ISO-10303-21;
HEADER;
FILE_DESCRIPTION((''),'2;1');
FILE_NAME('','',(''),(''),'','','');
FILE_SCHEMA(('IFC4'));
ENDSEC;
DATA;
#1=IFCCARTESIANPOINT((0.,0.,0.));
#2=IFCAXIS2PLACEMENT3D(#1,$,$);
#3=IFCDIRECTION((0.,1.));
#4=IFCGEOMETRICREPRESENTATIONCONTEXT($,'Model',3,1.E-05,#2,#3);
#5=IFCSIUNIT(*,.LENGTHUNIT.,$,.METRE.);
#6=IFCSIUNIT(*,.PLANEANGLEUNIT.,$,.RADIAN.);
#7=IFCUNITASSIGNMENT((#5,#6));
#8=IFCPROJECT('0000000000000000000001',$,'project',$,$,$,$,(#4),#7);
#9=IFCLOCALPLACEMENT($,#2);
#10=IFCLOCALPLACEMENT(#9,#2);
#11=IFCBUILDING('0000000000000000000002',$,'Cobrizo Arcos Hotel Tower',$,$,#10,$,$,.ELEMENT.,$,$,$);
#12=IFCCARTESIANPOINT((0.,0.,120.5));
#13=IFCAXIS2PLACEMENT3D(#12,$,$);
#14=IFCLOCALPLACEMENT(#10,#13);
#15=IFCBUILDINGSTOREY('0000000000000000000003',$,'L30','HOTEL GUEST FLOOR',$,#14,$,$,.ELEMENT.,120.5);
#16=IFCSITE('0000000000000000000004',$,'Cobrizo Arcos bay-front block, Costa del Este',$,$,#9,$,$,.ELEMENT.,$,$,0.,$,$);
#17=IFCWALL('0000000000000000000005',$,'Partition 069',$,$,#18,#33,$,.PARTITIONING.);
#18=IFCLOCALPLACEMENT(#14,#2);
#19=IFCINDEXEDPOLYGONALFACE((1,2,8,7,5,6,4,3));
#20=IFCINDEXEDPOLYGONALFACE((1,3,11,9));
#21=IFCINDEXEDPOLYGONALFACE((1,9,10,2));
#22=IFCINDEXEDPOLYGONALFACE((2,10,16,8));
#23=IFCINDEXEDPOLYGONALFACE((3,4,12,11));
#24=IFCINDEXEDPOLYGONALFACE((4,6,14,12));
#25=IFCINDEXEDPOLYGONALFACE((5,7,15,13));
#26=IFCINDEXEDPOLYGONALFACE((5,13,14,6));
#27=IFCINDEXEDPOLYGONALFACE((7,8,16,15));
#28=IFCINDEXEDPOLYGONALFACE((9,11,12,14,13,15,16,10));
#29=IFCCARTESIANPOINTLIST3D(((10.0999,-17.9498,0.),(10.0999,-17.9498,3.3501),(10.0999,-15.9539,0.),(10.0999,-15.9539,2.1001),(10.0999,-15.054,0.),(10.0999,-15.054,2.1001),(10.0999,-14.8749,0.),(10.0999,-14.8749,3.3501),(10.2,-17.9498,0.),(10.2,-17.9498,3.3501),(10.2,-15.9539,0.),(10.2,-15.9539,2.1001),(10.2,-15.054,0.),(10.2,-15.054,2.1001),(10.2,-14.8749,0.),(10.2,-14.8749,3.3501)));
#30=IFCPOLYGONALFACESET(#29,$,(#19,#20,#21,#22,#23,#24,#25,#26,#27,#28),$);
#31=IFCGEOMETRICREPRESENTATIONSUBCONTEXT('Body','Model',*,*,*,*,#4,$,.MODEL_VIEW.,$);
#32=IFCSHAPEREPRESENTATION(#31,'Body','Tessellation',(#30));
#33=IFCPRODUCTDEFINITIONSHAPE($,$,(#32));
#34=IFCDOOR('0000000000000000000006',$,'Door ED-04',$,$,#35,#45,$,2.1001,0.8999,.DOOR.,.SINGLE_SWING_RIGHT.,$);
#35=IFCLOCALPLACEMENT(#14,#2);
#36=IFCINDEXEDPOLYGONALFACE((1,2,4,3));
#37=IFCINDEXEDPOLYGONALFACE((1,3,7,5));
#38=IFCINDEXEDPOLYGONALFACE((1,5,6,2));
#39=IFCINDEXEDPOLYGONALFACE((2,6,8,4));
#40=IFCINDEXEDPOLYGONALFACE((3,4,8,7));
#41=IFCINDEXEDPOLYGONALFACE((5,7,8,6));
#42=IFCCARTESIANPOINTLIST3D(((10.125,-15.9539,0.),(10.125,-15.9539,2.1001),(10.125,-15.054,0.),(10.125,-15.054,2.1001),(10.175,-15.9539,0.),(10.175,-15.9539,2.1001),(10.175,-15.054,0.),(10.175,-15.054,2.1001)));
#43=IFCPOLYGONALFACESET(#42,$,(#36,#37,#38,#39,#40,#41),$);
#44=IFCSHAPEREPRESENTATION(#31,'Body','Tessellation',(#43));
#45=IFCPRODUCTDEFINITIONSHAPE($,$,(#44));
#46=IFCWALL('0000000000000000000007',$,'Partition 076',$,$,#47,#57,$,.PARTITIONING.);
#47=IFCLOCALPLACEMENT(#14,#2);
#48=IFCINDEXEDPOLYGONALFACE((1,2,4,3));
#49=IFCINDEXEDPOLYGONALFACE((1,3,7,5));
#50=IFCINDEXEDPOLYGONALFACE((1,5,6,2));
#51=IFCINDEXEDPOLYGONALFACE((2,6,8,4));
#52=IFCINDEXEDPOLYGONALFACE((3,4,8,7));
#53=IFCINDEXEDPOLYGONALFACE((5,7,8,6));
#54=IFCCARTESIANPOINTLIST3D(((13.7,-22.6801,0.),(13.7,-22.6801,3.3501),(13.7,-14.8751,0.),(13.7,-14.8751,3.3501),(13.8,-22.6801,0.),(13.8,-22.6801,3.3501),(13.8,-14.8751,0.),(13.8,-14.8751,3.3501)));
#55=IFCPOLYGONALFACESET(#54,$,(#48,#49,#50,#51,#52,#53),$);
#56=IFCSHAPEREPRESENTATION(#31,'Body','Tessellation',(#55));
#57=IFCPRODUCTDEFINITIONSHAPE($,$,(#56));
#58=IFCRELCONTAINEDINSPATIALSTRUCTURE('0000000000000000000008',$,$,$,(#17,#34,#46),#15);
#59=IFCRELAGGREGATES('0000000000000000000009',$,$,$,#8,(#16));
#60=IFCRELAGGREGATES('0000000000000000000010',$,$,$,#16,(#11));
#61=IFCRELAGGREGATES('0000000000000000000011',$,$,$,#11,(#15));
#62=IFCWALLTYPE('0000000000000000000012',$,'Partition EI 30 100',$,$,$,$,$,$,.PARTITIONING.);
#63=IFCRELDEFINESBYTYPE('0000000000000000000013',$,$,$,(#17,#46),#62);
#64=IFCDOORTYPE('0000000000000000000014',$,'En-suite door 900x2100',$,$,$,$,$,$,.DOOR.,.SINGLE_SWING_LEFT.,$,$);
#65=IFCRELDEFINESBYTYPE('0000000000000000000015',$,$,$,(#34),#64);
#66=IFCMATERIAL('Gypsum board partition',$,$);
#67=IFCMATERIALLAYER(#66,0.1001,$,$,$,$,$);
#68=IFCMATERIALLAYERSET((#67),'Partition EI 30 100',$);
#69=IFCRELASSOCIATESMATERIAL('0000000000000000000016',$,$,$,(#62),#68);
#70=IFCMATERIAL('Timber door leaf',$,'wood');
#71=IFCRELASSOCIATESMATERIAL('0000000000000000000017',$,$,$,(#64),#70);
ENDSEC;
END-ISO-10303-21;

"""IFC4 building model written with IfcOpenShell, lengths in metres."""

from ifc_helpers import new_model, si_unit, direction, frame, frame_2d, origin, place, context, subcontext, project, spatial, rectangle, extrude, material, layer, layer_set, type_object, element, fill, save


model = new_model("IFC4")

# Units and contexts
model_context = context("Model", 3, precision=1e-05, world=origin(), true_north=direction((0.0, 1.0)))
body_context = subcontext(model_context, "Body", "Model", "MODEL_VIEW")
ifc_project = project(units=[si_unit("LENGTHUNIT", "METRE"), si_unit("PLANEANGLEUNIT", "RADIAN")], contexts=[model_context])

# Site, building, storey
site_placement = place(None, origin())
site = spatial("IfcSite", under=ifc_project, at=site_placement, Name="Cobrizo Arcos bay-front block, Costa del Este", CompositionType="ELEMENT", RefElevation=0.0)
building_placement = place(site_placement, origin())
building = spatial("IfcBuilding", under=site, at=building_placement, Name="Cobrizo Arcos Hotel Tower", CompositionType="ELEMENT")
storey_placement = place(building_placement, frame((0.0, 0.0, 120.5)))
storey = spatial("IfcBuildingStorey", under=building, at=storey_placement, Name="L30", Description="HOTEL GUEST FLOOR", CompositionType="ELEMENT", Elevation=120.5)

# Shared definitions
ifc_material_1 = material(Name="Gypsum board partition")
ifc_layer_1 = layer(ifc_material_1, 0.1001)
ifc_layer_set_1 = layer_set([ifc_layer_1], Name="Partition EI 30 100")
wall_type = type_object("IfcWallType", Name="Partition EI 30 100", PredefinedType="PARTITIONING", material=ifc_layer_set_1)

# Wall, opening, door
wall_1_placement = place(storey_placement, frame((10.1499, -17.95, 0.0), z_axis=(0.0, 0.0, 1.0), x_axis=(0.0, 1.0, 0.0)))
wall_1 = element("IfcWall", 1, at=wall_1_placement, inside=storey, type_object=wall_type, Name="Partition 069", PredefinedType="PARTITIONING", context=body_context, shape_type="SweptSolid", body=[
    extrude(rectangle(XDim=3.075, YDim=0.1001, at=frame_2d((1.5376, 0.0))), origin(), (0.0, 0.0, 1.0), 3.3501),
])
opening_placement = place(wall_1_placement, frame((1.9961, 0.0, 0.0)))
opening = element("IfcOpeningElement", 2, at=opening_placement, cuts=wall_1, PredefinedType="OPENING", context=body_context, shape_type="SweptSolid", body=[
    extrude(rectangle(XDim=0.8999, YDim=2.1001, at=frame_2d((0.45, 1.05))), frame((0.0, 0.062, 0.0), z_axis=(0.0, -1.0, 0.0), x_axis=(1.0, 0.0, 0.0)), (0.0, 0.0, 1.0), 0.124),
])
ifc_material_2 = material(Name="Timber door leaf", Category="wood")
door_type = type_object("IfcDoorType", Name="En-suite door 900x2100", OperationType="SINGLE_SWING_LEFT", PredefinedType="DOOR", material=ifc_material_2)
door_placement = place(opening_placement, origin())
door = element("IfcDoor", 3, at=door_placement, inside=storey, type_object=door_type, Name="Door ED-04", OperationType="SINGLE_SWING_RIGHT", OverallHeight=2.1001, OverallWidth=0.8999, PredefinedType="DOOR", context=body_context, shape_type="SweptSolid", body=[
    extrude(rectangle(XDim=0.8999, YDim=2.1001, at=frame_2d((0.45, 1.05))), frame((0.0, 0.0249, 0.0), z_axis=(0.0, -1.0, 0.0), x_axis=(1.0, 0.0, 0.0)), (0.0, 0.0, 1.0), 0.05),
])
fill(opening, door)

# Wall
wall_2_placement = place(storey_placement, frame((13.75, -22.6799, 0.0), z_axis=(0.0, 0.0, 1.0), x_axis=(0.0, 1.0, 0.0)))
element("IfcWall", 4, at=wall_2_placement, inside=storey, type_object=wall_type, Name="Partition 076", PredefinedType="PARTITIONING", context=body_context, shape_type="SweptSolid", body=[
    extrude(rectangle(XDim=7.8049, YDim=0.1001, at=frame_2d((3.9023, 0.0))), origin(), (0.0, 0.0, 1.0), 3.3501),
])

save(model, "model.ifc")
